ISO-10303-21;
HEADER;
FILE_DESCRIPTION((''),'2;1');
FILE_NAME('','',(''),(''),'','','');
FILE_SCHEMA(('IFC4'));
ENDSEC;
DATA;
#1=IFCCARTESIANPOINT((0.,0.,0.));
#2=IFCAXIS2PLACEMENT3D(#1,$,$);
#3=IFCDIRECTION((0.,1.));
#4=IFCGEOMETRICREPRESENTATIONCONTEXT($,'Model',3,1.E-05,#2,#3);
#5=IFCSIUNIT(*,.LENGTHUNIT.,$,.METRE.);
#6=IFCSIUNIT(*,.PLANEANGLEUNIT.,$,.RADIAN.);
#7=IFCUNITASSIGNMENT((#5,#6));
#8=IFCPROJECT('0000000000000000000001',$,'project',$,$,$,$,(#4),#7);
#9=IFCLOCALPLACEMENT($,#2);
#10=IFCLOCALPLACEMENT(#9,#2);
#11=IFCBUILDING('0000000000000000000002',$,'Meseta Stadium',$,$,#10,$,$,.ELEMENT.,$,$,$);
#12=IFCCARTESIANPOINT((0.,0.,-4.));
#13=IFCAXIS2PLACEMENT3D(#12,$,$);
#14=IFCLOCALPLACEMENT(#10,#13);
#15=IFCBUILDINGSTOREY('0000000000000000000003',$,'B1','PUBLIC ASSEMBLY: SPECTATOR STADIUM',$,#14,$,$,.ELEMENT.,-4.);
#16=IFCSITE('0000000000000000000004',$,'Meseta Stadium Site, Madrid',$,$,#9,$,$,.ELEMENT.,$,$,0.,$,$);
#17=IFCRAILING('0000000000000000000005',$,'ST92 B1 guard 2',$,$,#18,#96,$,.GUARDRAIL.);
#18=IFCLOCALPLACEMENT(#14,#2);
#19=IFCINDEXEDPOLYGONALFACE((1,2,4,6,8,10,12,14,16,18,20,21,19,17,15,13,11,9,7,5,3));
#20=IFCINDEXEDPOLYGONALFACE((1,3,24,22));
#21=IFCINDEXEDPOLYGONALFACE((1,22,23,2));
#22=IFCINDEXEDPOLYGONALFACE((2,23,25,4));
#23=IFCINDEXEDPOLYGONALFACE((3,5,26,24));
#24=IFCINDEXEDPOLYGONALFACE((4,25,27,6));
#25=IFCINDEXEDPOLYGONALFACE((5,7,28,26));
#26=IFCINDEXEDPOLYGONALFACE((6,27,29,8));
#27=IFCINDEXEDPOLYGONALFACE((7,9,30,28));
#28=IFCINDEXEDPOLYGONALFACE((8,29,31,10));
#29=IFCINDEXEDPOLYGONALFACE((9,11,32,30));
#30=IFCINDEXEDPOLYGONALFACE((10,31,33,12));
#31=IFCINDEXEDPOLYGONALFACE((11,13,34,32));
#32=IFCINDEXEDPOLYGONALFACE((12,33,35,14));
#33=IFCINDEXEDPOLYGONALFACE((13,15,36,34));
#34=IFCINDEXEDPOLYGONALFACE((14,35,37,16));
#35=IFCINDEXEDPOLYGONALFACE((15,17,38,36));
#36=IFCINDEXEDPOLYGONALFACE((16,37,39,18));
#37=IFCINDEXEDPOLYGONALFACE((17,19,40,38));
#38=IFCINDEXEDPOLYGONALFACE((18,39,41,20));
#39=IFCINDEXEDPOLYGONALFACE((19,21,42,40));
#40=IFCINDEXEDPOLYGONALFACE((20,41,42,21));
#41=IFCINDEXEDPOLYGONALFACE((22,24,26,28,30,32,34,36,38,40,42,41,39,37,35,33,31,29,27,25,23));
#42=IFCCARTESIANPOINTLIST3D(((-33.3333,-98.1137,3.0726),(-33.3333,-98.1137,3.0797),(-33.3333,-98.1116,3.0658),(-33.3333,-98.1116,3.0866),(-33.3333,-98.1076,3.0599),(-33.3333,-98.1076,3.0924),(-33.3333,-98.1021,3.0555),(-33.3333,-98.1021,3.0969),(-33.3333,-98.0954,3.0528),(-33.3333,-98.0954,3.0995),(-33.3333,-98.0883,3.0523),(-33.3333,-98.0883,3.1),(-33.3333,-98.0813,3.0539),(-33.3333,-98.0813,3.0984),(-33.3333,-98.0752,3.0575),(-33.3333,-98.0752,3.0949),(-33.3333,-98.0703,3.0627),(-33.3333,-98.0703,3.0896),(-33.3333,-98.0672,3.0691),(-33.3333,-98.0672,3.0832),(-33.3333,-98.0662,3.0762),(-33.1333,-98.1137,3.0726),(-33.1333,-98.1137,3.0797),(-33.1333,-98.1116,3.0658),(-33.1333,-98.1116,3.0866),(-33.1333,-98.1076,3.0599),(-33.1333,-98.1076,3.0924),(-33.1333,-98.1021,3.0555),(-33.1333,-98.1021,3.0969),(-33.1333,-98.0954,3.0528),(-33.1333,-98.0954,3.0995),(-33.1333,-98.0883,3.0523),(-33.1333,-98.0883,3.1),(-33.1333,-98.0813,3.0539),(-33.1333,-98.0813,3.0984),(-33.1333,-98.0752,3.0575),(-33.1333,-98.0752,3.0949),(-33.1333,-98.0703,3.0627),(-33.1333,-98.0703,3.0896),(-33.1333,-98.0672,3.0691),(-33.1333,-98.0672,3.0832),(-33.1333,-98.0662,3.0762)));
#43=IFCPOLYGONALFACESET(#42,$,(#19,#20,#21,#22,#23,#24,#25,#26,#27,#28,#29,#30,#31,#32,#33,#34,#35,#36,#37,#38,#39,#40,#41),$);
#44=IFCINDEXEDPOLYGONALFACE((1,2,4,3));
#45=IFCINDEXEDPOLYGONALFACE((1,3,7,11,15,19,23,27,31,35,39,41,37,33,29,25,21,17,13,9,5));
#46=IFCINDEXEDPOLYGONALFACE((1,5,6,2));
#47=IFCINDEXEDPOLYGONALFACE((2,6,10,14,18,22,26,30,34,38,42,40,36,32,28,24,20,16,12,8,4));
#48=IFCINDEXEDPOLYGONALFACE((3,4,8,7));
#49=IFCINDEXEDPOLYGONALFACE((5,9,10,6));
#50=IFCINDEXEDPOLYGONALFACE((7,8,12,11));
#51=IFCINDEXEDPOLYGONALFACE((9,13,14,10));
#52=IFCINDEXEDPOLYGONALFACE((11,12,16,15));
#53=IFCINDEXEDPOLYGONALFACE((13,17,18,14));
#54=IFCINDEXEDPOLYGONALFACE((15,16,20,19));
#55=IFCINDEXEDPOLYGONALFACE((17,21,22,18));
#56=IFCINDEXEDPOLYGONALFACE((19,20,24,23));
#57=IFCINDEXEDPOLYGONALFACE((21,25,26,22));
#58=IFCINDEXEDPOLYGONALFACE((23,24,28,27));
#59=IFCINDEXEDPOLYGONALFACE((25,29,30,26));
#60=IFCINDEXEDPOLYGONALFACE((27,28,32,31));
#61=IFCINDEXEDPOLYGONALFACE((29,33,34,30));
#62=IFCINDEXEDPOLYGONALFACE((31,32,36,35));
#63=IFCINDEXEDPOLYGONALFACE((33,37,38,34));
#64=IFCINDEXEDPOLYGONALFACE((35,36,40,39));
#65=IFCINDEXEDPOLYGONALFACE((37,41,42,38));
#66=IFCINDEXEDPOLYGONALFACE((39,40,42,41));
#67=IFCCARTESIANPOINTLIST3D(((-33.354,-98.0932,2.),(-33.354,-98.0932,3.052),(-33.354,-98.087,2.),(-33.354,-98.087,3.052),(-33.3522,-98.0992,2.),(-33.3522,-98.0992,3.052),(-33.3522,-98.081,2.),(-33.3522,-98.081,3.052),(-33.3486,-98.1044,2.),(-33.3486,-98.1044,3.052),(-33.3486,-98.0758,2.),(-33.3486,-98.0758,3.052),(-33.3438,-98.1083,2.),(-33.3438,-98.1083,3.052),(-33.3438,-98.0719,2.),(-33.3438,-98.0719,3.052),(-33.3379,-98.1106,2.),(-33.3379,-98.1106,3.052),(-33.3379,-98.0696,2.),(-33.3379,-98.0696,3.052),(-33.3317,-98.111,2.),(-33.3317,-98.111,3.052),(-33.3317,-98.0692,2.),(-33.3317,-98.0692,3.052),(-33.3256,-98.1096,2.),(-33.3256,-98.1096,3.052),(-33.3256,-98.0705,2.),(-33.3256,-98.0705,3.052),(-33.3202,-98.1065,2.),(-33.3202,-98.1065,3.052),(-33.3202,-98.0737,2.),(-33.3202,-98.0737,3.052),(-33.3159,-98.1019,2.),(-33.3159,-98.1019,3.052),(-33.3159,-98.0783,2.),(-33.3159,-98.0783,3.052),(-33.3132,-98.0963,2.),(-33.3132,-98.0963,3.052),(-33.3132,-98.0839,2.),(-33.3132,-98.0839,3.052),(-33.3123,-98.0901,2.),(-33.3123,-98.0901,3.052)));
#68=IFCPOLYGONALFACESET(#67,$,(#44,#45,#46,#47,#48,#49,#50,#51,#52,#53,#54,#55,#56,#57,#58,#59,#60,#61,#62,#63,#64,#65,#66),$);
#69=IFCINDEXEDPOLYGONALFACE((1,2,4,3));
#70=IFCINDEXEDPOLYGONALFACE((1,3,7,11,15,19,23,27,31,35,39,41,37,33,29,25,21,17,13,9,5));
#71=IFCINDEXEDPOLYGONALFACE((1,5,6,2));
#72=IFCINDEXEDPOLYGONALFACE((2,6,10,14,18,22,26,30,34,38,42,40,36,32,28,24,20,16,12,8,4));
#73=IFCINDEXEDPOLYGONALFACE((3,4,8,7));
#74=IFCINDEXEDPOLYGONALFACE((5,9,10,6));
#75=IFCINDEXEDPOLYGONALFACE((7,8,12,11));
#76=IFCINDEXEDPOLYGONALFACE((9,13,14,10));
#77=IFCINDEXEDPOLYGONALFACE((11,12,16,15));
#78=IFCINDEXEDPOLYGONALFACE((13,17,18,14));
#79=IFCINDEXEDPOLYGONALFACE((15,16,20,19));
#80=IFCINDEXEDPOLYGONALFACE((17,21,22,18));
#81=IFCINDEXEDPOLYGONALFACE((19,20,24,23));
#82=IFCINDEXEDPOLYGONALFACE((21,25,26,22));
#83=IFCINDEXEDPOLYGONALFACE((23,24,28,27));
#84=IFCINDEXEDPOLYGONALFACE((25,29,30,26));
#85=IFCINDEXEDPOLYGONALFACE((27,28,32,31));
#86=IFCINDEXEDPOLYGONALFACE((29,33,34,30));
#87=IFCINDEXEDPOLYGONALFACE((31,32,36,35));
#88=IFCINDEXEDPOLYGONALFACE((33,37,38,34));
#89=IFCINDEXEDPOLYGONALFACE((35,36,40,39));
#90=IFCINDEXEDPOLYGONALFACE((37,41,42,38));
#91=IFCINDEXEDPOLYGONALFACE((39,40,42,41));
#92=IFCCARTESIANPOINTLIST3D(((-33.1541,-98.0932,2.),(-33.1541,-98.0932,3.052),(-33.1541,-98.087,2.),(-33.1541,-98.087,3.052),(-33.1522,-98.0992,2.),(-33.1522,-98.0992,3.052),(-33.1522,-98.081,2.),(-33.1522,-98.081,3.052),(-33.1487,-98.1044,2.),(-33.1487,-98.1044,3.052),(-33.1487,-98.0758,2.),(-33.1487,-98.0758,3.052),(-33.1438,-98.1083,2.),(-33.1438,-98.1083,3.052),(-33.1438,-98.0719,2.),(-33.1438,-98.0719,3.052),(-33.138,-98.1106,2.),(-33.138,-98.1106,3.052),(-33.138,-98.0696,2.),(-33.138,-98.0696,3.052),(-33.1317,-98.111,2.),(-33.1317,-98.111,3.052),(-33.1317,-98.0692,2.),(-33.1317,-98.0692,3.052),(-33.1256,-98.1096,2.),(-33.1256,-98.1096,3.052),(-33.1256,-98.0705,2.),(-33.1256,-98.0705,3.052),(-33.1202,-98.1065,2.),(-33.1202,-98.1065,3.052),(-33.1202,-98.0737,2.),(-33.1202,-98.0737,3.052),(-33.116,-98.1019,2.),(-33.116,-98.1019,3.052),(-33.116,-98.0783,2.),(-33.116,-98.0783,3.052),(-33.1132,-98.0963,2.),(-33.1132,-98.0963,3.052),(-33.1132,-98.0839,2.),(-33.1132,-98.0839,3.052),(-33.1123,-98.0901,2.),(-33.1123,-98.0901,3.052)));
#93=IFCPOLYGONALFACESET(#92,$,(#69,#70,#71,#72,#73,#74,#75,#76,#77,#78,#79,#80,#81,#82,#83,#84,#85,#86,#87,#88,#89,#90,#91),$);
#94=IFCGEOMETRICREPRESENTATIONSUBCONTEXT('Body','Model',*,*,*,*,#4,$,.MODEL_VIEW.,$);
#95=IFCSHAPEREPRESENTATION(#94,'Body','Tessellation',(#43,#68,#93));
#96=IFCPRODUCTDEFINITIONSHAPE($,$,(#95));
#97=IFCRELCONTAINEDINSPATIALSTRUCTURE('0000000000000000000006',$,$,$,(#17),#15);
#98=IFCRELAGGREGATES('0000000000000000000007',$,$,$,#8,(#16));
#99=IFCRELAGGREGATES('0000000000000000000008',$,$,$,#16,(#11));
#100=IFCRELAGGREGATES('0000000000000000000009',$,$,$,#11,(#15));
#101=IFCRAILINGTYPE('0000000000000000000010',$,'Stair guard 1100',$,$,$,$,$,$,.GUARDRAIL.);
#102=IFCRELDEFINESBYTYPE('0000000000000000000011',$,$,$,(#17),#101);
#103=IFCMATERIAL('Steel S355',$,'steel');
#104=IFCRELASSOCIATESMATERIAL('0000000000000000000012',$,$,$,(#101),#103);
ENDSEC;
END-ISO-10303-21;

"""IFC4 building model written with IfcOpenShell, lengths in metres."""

from ifc_helpers import new_model, si_unit, direction, frame, origin, origin_2d, place, context, subcontext, project, spatial, circle, extrude, material, type_object, element, save


model = new_model("IFC4")

# Units and contexts
model_context = context("Model", 3, precision=1e-05, world=origin(), true_north=direction((0.0, 1.0)))
body_context = subcontext(model_context, "Body", "Model", "MODEL_VIEW")
ifc_project = project(units=[si_unit("LENGTHUNIT", "METRE"), si_unit("PLANEANGLEUNIT", "RADIAN")], contexts=[model_context])

# Site, building, storey
site_placement = place(None, origin())
site = spatial("IfcSite", under=ifc_project, at=site_placement, Name="Meseta Stadium Site, Madrid", CompositionType="ELEMENT", RefElevation=0.0)
building_placement = place(site_placement, origin())
building = spatial("IfcBuilding", under=site, at=building_placement, Name="Meseta Stadium", CompositionType="ELEMENT")
storey_placement = place(building_placement, frame((0.0, 0.0, -4.0)))
storey = spatial("IfcBuildingStorey", under=building, at=storey_placement, Name="B1", Description="PUBLIC ASSEMBLY: SPECTATOR STADIUM", CompositionType="ELEMENT", Elevation=-4.0)

# Railing
ifc_material_1 = material(Name="Steel S355", Category="steel")
railing_type_1 = type_object("IfcRailingType", Name="Stair guard 1100", PredefinedType="GUARDRAIL", material=ifc_material_1)
railing_1_placement = place(storey_placement, frame((-33.3333, -98.0901, 2.0)))
element("IfcRailing", 1, at=railing_1_placement, inside=storey, type_object=railing_type_1, Name="ST92 B1 guard 2", PredefinedType="GUARDRAIL", context=body_context, shape_type="SweptSolid", body=[
    extrude(circle(Radius=0.0239, at=origin_2d()), frame((0.0, 0.0, 1.0762), z_axis=(1.0, 0.0, 0.0), x_axis=(0.0, 1.0, 0.0)), (0.0, 0.0, 1.0), 0.2),
    extrude(circle(Radius=0.021, at=origin_2d()), origin(), (0.0, 0.0, 1.0), 1.052),
    extrude(circle(Radius=0.021, at=origin_2d()), frame((0.2, 0.0, 0.0)), (0.0, 0.0, 1.0), 1.052),
])

save(model, "model.ifc")
